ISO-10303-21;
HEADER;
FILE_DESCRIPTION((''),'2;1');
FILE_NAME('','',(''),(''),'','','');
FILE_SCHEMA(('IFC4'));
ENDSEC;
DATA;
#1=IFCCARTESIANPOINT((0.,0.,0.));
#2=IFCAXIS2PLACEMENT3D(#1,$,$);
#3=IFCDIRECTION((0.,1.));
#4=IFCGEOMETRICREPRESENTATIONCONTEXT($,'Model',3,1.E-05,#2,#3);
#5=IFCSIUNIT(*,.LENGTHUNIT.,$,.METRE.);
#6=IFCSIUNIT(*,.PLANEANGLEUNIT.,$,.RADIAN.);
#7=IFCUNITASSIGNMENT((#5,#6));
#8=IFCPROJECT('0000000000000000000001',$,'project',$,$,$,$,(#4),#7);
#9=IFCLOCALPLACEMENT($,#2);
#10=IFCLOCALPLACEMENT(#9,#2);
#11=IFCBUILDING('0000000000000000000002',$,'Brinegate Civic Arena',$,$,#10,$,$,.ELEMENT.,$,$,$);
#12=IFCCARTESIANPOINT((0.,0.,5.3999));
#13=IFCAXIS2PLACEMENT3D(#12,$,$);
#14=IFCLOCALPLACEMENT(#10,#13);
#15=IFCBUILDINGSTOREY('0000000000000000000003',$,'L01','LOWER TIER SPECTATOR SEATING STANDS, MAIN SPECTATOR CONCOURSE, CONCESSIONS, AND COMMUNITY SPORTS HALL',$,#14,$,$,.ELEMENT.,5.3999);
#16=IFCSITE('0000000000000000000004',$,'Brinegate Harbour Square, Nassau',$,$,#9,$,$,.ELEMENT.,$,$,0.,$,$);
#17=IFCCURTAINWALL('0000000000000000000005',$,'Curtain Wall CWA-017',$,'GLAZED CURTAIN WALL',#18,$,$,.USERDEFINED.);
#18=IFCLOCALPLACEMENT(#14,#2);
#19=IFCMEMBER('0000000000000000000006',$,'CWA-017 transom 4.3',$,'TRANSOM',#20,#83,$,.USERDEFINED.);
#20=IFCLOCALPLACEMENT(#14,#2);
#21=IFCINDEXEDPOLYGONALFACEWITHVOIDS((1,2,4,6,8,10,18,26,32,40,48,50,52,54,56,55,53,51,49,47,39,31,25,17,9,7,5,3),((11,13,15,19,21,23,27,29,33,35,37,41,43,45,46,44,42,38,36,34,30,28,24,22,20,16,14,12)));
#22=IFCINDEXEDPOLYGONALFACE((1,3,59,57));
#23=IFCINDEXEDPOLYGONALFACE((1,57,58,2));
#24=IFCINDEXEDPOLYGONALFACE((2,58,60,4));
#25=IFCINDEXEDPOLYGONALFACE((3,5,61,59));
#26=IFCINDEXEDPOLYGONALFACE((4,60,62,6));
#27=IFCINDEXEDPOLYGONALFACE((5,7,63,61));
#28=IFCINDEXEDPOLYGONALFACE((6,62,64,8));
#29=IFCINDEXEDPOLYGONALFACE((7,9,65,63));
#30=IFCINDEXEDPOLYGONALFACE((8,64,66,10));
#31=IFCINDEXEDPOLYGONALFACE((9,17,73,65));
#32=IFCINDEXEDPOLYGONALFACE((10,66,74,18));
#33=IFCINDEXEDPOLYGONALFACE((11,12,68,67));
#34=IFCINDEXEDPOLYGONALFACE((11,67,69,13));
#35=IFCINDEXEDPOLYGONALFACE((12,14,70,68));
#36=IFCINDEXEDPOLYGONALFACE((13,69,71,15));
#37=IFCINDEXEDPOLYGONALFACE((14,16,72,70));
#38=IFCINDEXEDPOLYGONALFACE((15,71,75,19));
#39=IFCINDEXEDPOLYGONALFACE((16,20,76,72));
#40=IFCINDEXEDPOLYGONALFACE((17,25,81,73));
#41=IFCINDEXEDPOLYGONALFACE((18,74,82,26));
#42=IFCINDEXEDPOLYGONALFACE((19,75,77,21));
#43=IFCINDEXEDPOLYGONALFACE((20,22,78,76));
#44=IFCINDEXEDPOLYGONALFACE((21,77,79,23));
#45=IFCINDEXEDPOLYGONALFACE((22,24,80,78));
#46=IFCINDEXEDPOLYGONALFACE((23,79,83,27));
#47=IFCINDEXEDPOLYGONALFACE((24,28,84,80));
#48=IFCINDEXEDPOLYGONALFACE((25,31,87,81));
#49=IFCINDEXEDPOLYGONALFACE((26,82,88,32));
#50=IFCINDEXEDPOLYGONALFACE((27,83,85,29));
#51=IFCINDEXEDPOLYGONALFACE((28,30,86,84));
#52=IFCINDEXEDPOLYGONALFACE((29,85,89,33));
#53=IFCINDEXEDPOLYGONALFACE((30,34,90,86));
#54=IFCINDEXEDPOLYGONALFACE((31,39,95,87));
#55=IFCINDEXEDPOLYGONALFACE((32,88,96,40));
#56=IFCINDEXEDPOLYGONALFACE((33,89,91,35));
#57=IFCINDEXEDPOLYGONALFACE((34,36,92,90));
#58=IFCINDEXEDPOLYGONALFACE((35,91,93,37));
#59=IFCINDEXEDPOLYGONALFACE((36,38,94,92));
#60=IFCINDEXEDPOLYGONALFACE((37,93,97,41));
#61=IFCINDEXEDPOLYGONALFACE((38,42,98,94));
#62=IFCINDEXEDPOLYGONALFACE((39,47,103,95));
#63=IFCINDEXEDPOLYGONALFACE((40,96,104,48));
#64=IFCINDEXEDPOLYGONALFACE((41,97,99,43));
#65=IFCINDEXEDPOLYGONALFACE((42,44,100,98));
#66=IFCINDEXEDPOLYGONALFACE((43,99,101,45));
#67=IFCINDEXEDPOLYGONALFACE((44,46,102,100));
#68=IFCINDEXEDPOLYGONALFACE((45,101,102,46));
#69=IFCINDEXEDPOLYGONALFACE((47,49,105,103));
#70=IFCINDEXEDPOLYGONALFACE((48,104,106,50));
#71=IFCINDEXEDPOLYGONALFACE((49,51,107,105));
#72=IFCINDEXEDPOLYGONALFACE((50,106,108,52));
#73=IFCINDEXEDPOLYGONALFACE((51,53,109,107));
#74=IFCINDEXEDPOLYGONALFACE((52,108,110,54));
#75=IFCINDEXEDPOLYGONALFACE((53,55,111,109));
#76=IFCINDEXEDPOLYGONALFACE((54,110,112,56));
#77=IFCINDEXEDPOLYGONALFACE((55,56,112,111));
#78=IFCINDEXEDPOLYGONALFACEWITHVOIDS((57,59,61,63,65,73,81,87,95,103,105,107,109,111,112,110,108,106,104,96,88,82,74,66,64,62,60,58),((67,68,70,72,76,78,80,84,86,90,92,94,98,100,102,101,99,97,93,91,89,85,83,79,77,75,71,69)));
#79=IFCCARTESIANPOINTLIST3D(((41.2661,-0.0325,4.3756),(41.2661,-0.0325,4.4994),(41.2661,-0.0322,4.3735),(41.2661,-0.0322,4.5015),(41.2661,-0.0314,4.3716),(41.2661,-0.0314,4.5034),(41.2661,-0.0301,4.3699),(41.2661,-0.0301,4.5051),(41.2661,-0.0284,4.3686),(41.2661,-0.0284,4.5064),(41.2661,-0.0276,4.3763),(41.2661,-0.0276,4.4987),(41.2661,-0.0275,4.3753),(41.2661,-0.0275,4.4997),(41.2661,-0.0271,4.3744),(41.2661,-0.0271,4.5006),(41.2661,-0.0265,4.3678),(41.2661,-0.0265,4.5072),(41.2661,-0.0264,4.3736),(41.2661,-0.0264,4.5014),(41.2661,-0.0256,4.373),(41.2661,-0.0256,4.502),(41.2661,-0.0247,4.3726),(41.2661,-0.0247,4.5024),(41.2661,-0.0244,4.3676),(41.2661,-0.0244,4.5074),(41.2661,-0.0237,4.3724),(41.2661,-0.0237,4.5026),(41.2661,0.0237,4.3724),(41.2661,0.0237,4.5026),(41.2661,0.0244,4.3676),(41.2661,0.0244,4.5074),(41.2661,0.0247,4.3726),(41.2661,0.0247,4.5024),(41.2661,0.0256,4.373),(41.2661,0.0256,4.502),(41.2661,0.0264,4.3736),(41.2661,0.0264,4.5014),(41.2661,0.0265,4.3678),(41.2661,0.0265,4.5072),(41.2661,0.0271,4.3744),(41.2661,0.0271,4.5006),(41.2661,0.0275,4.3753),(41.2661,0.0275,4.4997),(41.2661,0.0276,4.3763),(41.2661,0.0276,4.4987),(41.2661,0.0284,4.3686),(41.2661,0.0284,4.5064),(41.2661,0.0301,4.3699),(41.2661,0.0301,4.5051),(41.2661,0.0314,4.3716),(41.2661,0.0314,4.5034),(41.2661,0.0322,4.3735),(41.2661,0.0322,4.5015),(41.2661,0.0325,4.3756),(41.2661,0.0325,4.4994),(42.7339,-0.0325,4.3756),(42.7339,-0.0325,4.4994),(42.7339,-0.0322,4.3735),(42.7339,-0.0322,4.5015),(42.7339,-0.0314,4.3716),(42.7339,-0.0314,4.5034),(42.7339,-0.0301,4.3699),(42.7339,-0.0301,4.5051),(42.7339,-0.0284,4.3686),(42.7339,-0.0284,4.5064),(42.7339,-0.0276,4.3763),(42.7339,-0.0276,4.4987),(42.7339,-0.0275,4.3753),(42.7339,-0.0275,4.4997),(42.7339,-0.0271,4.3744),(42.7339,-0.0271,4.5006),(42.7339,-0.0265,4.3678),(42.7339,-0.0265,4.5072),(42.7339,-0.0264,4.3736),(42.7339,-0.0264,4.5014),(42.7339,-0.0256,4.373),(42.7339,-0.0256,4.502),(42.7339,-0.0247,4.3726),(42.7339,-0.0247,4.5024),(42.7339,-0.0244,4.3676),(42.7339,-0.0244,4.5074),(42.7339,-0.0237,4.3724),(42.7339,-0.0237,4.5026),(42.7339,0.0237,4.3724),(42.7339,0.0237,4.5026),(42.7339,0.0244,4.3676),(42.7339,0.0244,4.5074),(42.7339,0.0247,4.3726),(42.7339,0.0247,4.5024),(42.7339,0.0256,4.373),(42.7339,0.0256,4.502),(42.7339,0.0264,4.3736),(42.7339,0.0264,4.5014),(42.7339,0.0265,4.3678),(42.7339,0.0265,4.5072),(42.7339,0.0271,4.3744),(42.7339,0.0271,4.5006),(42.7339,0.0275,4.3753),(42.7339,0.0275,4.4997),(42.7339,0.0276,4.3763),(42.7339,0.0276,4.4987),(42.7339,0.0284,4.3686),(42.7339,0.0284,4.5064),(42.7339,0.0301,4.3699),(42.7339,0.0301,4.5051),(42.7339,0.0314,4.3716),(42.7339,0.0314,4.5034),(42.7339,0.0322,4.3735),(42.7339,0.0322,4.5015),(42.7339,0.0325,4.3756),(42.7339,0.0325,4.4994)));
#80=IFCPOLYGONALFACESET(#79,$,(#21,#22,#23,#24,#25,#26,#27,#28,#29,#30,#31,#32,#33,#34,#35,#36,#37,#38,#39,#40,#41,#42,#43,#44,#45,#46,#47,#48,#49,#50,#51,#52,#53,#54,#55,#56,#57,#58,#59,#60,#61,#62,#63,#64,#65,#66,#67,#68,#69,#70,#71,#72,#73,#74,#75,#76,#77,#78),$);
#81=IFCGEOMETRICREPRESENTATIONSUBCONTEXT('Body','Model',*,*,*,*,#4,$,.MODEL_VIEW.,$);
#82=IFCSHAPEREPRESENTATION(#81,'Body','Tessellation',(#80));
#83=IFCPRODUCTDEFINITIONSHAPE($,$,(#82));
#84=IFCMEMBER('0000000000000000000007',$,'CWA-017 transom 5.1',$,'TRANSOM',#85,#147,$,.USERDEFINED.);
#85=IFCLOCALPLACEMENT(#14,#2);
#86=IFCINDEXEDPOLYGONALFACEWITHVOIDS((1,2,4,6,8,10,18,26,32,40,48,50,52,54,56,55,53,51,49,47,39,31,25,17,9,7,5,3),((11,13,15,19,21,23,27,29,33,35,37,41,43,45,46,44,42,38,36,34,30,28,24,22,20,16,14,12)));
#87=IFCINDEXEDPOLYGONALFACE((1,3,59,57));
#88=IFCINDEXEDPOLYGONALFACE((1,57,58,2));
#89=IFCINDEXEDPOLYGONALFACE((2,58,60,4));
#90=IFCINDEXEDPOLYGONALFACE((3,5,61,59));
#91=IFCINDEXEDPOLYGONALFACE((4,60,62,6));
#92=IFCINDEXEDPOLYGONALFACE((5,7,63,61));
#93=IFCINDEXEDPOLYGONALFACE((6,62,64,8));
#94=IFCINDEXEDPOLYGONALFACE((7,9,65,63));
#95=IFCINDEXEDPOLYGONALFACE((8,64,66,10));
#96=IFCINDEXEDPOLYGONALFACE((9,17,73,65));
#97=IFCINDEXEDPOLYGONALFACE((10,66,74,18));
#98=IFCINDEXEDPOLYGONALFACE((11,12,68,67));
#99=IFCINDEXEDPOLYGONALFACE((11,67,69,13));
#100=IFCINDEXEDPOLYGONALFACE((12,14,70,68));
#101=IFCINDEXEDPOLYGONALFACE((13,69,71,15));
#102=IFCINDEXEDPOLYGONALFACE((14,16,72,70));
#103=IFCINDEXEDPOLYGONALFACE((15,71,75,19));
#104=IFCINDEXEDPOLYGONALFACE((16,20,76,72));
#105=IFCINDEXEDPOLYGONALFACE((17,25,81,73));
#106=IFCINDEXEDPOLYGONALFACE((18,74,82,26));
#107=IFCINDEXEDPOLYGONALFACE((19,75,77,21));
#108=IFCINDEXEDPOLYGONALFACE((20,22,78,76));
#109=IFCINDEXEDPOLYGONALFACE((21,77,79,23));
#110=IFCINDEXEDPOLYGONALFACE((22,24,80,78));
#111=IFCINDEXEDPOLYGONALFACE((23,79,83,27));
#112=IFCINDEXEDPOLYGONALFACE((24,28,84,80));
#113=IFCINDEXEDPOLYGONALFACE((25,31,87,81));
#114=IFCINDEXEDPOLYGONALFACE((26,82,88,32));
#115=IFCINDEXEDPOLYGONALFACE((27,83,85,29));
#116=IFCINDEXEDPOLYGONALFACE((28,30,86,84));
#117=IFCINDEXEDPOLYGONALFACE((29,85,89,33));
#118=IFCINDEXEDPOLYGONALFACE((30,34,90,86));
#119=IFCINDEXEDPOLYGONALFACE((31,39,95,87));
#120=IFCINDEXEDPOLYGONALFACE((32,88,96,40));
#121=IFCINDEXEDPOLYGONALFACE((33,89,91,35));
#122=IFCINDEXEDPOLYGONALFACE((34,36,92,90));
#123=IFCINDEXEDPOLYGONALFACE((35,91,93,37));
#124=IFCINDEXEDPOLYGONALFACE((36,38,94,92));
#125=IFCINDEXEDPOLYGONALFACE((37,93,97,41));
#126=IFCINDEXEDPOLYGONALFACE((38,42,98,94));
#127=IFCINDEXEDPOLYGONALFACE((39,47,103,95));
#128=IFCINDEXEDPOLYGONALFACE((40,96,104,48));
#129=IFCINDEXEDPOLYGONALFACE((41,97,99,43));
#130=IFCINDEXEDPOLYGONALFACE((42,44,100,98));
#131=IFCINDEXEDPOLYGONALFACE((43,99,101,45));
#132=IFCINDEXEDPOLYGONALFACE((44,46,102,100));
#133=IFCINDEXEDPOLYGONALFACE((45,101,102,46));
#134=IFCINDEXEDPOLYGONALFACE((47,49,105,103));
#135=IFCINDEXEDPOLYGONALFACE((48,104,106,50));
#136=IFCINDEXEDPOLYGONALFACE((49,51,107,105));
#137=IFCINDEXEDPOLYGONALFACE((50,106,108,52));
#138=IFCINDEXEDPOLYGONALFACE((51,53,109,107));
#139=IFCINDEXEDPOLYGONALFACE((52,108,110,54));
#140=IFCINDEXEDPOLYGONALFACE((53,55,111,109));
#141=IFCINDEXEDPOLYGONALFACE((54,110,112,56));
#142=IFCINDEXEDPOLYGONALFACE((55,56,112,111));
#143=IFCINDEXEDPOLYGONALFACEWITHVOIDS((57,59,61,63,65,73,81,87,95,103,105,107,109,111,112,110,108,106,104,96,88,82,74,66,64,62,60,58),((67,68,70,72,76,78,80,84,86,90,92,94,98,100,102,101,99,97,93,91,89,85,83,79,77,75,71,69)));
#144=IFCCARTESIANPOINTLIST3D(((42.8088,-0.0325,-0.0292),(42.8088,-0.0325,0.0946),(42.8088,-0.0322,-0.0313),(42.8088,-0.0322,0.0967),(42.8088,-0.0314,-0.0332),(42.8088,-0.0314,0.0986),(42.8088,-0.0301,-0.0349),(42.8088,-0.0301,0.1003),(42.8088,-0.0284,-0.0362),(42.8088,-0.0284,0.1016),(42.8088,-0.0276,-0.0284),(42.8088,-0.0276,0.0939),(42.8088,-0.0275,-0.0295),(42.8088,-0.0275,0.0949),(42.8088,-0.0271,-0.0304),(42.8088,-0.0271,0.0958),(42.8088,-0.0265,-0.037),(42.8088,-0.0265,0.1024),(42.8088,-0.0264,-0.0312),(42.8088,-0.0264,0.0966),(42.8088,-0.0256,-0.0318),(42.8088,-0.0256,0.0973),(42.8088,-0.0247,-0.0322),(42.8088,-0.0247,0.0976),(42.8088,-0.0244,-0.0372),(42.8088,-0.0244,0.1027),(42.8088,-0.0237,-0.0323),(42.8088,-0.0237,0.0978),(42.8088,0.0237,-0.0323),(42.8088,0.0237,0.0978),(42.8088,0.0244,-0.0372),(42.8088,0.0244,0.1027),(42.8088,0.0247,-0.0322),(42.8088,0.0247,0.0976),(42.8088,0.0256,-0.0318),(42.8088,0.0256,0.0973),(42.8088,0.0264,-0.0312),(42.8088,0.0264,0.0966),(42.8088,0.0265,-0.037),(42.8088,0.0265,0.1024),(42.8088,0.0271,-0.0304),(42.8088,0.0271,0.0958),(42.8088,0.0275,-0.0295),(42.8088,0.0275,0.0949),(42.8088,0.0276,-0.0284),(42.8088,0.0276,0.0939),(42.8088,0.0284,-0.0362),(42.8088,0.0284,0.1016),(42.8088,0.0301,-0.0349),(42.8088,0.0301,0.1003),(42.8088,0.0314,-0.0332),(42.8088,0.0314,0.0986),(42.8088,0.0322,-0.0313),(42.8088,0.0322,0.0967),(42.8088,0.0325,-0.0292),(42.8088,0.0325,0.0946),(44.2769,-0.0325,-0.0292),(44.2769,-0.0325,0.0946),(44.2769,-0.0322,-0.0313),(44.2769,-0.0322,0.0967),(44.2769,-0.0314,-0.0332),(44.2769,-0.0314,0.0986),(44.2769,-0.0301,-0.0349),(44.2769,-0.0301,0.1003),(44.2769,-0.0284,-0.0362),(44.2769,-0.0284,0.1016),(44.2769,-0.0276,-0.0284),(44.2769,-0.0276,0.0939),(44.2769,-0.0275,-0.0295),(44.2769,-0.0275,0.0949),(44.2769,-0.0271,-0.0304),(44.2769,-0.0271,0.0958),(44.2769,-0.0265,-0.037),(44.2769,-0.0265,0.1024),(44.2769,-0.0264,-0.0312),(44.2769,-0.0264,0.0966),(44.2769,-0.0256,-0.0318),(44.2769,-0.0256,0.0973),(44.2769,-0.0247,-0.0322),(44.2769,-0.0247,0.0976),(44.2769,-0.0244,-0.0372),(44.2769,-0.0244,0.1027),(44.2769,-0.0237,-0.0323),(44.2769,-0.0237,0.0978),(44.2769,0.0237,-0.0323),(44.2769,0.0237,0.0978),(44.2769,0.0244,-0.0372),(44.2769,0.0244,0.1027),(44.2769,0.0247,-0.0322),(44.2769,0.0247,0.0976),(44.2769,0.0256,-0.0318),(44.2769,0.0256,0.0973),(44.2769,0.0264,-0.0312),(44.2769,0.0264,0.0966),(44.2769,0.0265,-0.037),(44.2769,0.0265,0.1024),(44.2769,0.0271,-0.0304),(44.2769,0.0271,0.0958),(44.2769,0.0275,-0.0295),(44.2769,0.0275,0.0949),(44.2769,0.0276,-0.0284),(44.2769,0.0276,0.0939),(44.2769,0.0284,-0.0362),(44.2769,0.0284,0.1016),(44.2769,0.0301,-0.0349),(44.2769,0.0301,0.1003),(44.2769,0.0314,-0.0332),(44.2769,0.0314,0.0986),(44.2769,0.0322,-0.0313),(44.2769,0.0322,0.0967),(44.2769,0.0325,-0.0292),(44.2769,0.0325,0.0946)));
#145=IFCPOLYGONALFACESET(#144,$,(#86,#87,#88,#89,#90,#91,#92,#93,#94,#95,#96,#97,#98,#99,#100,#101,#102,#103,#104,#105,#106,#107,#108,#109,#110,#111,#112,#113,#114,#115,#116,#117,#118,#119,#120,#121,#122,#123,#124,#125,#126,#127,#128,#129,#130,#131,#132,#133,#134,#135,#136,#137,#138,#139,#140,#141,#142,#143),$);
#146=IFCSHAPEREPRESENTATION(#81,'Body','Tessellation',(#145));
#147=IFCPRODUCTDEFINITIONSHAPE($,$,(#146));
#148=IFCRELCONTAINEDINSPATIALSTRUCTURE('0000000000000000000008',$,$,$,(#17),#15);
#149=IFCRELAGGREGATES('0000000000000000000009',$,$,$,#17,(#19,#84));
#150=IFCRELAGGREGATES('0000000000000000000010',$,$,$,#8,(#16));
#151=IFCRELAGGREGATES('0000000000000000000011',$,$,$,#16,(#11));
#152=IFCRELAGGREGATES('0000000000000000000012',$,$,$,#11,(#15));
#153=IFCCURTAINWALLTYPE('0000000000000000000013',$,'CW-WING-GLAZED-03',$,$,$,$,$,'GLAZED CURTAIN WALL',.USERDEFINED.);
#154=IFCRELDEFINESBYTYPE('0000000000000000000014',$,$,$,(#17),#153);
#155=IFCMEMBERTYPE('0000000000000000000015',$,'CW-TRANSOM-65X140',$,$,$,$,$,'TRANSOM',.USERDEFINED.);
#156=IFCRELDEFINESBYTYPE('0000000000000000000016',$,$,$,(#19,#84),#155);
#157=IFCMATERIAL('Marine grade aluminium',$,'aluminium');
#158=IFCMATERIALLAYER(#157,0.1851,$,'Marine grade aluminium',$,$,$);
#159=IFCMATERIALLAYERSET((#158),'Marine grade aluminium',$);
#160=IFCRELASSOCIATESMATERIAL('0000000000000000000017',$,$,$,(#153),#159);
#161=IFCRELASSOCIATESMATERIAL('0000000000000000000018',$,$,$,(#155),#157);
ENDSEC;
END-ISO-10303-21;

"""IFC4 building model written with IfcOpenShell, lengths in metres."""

from ifc_helpers import new_model, si_unit, direction, frame, origin, origin_2d, place, context, subcontext, project, spatial, hollow_rectangle, extrude, material, layer, layer_set, material_profile, profile_set, type_object, element, aggregate, save


model = new_model("IFC4")

# Units and contexts
model_context = context("Model", 3, precision=1e-05, world=origin(), true_north=direction((0.0, 1.0)))
body_context = subcontext(model_context, "Body", "Model", "MODEL_VIEW")
ifc_project = project(units=[si_unit("LENGTHUNIT", "METRE"), si_unit("PLANEANGLEUNIT", "RADIAN")], contexts=[model_context])

# Site, building, storey
site_placement = place(None, origin())
site = spatial("IfcSite", under=ifc_project, at=site_placement, Name="Brinegate Harbour Square, Nassau", CompositionType="ELEMENT", RefElevation=0.0)
building_placement = place(site_placement, origin())
building = spatial("IfcBuilding", under=site, at=building_placement, Name="Brinegate Civic Arena", CompositionType="ELEMENT")
storey_placement = place(building_placement, frame((0.0, 0.0, 5.3999)))
storey = spatial("IfcBuildingStorey", under=building, at=storey_placement, Name="L01", Description="LOWER TIER SPECTATOR SEATING STANDS, MAIN SPECTATOR CONCOURSE, CONCESSIONS, AND COMMUNITY SPORTS HALL", CompositionType="ELEMENT", Elevation=5.3999)

# Curtain wall, members
ifc_material_1 = material(Name="Marine grade aluminium", Category="aluminium")
ifc_layer_1 = layer(ifc_material_1, 0.1851, Name="Marine grade aluminium")
ifc_layer_set_1 = layer_set([ifc_layer_1], Name="Marine grade aluminium")
curtain_wall_type = type_object("IfcCurtainWallType", Name="CW-WING-GLAZED-03", ElementType="GLAZED CURTAIN WALL", PredefinedType="USERDEFINED", material=ifc_layer_set_1)
curtain_wall_placement = place(storey_placement, origin())
curtain_wall = element("IfcCurtainWall", 1, at=curtain_wall_placement, inside=storey, type_object=curtain_wall_type, Name="Curtain Wall CWA-017", ObjectType="GLAZED CURTAIN WALL", PredefinedType="USERDEFINED")
ifc_material_profile_1 = material_profile(ifc_material_1, hollow_rectangle(XDim=0.0649, YDim=0.1399, WallThickness=0.0049, InnerFilletRadius=0.0039, OuterFilletRadius=0.0081, at=origin_2d()), Name="TRN65X140")
ifc_profile_set_1 = profile_set([ifc_material_profile_1], Name="Marine grade aluminium")
member_type_1 = type_object("IfcMemberType", Name="CW-TRANSOM-65X140", ElementType="TRANSOM", PredefinedType="USERDEFINED", material=ifc_profile_set_1)
member_1_placement = place(storey_placement, frame((41.2661, 0.0, 4.4375), z_axis=(1.0, 0.0, 0.0), x_axis=(0.0, 1.0, 0.0)))
member_1 = element("IfcMember", 2, at=member_1_placement, type_object=member_type_1, Name="CWA-017 transom 4.3", ObjectType="TRANSOM", PredefinedType="USERDEFINED", context=body_context, shape_type="SweptSolid", body=[
    extrude(hollow_rectangle(XDim=0.0649, YDim=0.1399, WallThickness=0.0049, InnerFilletRadius=0.0039, OuterFilletRadius=0.0081, at=origin_2d()), origin(), (0.0, 0.0, 1.0), 1.4678),
])
member_2_placement = place(storey_placement, frame((42.8088, 0.0, 0.0327), z_axis=(1.0, 0.0, 0.0), x_axis=(0.0, 1.0, 0.0)))
member_2 = element("IfcMember", 3, at=member_2_placement, type_object=member_type_1, Name="CWA-017 transom 5.1", ObjectType="TRANSOM", PredefinedType="USERDEFINED", context=body_context, shape_type="SweptSolid", body=[
    extrude(hollow_rectangle(XDim=0.0649, YDim=0.1399, WallThickness=0.0049, InnerFilletRadius=0.0039, OuterFilletRadius=0.0081, at=origin_2d()), origin(), (0.0, 0.0, 1.0), 1.468),
])
aggregate(curtain_wall, [member_1, member_2])

save(model, "model.ifc")
